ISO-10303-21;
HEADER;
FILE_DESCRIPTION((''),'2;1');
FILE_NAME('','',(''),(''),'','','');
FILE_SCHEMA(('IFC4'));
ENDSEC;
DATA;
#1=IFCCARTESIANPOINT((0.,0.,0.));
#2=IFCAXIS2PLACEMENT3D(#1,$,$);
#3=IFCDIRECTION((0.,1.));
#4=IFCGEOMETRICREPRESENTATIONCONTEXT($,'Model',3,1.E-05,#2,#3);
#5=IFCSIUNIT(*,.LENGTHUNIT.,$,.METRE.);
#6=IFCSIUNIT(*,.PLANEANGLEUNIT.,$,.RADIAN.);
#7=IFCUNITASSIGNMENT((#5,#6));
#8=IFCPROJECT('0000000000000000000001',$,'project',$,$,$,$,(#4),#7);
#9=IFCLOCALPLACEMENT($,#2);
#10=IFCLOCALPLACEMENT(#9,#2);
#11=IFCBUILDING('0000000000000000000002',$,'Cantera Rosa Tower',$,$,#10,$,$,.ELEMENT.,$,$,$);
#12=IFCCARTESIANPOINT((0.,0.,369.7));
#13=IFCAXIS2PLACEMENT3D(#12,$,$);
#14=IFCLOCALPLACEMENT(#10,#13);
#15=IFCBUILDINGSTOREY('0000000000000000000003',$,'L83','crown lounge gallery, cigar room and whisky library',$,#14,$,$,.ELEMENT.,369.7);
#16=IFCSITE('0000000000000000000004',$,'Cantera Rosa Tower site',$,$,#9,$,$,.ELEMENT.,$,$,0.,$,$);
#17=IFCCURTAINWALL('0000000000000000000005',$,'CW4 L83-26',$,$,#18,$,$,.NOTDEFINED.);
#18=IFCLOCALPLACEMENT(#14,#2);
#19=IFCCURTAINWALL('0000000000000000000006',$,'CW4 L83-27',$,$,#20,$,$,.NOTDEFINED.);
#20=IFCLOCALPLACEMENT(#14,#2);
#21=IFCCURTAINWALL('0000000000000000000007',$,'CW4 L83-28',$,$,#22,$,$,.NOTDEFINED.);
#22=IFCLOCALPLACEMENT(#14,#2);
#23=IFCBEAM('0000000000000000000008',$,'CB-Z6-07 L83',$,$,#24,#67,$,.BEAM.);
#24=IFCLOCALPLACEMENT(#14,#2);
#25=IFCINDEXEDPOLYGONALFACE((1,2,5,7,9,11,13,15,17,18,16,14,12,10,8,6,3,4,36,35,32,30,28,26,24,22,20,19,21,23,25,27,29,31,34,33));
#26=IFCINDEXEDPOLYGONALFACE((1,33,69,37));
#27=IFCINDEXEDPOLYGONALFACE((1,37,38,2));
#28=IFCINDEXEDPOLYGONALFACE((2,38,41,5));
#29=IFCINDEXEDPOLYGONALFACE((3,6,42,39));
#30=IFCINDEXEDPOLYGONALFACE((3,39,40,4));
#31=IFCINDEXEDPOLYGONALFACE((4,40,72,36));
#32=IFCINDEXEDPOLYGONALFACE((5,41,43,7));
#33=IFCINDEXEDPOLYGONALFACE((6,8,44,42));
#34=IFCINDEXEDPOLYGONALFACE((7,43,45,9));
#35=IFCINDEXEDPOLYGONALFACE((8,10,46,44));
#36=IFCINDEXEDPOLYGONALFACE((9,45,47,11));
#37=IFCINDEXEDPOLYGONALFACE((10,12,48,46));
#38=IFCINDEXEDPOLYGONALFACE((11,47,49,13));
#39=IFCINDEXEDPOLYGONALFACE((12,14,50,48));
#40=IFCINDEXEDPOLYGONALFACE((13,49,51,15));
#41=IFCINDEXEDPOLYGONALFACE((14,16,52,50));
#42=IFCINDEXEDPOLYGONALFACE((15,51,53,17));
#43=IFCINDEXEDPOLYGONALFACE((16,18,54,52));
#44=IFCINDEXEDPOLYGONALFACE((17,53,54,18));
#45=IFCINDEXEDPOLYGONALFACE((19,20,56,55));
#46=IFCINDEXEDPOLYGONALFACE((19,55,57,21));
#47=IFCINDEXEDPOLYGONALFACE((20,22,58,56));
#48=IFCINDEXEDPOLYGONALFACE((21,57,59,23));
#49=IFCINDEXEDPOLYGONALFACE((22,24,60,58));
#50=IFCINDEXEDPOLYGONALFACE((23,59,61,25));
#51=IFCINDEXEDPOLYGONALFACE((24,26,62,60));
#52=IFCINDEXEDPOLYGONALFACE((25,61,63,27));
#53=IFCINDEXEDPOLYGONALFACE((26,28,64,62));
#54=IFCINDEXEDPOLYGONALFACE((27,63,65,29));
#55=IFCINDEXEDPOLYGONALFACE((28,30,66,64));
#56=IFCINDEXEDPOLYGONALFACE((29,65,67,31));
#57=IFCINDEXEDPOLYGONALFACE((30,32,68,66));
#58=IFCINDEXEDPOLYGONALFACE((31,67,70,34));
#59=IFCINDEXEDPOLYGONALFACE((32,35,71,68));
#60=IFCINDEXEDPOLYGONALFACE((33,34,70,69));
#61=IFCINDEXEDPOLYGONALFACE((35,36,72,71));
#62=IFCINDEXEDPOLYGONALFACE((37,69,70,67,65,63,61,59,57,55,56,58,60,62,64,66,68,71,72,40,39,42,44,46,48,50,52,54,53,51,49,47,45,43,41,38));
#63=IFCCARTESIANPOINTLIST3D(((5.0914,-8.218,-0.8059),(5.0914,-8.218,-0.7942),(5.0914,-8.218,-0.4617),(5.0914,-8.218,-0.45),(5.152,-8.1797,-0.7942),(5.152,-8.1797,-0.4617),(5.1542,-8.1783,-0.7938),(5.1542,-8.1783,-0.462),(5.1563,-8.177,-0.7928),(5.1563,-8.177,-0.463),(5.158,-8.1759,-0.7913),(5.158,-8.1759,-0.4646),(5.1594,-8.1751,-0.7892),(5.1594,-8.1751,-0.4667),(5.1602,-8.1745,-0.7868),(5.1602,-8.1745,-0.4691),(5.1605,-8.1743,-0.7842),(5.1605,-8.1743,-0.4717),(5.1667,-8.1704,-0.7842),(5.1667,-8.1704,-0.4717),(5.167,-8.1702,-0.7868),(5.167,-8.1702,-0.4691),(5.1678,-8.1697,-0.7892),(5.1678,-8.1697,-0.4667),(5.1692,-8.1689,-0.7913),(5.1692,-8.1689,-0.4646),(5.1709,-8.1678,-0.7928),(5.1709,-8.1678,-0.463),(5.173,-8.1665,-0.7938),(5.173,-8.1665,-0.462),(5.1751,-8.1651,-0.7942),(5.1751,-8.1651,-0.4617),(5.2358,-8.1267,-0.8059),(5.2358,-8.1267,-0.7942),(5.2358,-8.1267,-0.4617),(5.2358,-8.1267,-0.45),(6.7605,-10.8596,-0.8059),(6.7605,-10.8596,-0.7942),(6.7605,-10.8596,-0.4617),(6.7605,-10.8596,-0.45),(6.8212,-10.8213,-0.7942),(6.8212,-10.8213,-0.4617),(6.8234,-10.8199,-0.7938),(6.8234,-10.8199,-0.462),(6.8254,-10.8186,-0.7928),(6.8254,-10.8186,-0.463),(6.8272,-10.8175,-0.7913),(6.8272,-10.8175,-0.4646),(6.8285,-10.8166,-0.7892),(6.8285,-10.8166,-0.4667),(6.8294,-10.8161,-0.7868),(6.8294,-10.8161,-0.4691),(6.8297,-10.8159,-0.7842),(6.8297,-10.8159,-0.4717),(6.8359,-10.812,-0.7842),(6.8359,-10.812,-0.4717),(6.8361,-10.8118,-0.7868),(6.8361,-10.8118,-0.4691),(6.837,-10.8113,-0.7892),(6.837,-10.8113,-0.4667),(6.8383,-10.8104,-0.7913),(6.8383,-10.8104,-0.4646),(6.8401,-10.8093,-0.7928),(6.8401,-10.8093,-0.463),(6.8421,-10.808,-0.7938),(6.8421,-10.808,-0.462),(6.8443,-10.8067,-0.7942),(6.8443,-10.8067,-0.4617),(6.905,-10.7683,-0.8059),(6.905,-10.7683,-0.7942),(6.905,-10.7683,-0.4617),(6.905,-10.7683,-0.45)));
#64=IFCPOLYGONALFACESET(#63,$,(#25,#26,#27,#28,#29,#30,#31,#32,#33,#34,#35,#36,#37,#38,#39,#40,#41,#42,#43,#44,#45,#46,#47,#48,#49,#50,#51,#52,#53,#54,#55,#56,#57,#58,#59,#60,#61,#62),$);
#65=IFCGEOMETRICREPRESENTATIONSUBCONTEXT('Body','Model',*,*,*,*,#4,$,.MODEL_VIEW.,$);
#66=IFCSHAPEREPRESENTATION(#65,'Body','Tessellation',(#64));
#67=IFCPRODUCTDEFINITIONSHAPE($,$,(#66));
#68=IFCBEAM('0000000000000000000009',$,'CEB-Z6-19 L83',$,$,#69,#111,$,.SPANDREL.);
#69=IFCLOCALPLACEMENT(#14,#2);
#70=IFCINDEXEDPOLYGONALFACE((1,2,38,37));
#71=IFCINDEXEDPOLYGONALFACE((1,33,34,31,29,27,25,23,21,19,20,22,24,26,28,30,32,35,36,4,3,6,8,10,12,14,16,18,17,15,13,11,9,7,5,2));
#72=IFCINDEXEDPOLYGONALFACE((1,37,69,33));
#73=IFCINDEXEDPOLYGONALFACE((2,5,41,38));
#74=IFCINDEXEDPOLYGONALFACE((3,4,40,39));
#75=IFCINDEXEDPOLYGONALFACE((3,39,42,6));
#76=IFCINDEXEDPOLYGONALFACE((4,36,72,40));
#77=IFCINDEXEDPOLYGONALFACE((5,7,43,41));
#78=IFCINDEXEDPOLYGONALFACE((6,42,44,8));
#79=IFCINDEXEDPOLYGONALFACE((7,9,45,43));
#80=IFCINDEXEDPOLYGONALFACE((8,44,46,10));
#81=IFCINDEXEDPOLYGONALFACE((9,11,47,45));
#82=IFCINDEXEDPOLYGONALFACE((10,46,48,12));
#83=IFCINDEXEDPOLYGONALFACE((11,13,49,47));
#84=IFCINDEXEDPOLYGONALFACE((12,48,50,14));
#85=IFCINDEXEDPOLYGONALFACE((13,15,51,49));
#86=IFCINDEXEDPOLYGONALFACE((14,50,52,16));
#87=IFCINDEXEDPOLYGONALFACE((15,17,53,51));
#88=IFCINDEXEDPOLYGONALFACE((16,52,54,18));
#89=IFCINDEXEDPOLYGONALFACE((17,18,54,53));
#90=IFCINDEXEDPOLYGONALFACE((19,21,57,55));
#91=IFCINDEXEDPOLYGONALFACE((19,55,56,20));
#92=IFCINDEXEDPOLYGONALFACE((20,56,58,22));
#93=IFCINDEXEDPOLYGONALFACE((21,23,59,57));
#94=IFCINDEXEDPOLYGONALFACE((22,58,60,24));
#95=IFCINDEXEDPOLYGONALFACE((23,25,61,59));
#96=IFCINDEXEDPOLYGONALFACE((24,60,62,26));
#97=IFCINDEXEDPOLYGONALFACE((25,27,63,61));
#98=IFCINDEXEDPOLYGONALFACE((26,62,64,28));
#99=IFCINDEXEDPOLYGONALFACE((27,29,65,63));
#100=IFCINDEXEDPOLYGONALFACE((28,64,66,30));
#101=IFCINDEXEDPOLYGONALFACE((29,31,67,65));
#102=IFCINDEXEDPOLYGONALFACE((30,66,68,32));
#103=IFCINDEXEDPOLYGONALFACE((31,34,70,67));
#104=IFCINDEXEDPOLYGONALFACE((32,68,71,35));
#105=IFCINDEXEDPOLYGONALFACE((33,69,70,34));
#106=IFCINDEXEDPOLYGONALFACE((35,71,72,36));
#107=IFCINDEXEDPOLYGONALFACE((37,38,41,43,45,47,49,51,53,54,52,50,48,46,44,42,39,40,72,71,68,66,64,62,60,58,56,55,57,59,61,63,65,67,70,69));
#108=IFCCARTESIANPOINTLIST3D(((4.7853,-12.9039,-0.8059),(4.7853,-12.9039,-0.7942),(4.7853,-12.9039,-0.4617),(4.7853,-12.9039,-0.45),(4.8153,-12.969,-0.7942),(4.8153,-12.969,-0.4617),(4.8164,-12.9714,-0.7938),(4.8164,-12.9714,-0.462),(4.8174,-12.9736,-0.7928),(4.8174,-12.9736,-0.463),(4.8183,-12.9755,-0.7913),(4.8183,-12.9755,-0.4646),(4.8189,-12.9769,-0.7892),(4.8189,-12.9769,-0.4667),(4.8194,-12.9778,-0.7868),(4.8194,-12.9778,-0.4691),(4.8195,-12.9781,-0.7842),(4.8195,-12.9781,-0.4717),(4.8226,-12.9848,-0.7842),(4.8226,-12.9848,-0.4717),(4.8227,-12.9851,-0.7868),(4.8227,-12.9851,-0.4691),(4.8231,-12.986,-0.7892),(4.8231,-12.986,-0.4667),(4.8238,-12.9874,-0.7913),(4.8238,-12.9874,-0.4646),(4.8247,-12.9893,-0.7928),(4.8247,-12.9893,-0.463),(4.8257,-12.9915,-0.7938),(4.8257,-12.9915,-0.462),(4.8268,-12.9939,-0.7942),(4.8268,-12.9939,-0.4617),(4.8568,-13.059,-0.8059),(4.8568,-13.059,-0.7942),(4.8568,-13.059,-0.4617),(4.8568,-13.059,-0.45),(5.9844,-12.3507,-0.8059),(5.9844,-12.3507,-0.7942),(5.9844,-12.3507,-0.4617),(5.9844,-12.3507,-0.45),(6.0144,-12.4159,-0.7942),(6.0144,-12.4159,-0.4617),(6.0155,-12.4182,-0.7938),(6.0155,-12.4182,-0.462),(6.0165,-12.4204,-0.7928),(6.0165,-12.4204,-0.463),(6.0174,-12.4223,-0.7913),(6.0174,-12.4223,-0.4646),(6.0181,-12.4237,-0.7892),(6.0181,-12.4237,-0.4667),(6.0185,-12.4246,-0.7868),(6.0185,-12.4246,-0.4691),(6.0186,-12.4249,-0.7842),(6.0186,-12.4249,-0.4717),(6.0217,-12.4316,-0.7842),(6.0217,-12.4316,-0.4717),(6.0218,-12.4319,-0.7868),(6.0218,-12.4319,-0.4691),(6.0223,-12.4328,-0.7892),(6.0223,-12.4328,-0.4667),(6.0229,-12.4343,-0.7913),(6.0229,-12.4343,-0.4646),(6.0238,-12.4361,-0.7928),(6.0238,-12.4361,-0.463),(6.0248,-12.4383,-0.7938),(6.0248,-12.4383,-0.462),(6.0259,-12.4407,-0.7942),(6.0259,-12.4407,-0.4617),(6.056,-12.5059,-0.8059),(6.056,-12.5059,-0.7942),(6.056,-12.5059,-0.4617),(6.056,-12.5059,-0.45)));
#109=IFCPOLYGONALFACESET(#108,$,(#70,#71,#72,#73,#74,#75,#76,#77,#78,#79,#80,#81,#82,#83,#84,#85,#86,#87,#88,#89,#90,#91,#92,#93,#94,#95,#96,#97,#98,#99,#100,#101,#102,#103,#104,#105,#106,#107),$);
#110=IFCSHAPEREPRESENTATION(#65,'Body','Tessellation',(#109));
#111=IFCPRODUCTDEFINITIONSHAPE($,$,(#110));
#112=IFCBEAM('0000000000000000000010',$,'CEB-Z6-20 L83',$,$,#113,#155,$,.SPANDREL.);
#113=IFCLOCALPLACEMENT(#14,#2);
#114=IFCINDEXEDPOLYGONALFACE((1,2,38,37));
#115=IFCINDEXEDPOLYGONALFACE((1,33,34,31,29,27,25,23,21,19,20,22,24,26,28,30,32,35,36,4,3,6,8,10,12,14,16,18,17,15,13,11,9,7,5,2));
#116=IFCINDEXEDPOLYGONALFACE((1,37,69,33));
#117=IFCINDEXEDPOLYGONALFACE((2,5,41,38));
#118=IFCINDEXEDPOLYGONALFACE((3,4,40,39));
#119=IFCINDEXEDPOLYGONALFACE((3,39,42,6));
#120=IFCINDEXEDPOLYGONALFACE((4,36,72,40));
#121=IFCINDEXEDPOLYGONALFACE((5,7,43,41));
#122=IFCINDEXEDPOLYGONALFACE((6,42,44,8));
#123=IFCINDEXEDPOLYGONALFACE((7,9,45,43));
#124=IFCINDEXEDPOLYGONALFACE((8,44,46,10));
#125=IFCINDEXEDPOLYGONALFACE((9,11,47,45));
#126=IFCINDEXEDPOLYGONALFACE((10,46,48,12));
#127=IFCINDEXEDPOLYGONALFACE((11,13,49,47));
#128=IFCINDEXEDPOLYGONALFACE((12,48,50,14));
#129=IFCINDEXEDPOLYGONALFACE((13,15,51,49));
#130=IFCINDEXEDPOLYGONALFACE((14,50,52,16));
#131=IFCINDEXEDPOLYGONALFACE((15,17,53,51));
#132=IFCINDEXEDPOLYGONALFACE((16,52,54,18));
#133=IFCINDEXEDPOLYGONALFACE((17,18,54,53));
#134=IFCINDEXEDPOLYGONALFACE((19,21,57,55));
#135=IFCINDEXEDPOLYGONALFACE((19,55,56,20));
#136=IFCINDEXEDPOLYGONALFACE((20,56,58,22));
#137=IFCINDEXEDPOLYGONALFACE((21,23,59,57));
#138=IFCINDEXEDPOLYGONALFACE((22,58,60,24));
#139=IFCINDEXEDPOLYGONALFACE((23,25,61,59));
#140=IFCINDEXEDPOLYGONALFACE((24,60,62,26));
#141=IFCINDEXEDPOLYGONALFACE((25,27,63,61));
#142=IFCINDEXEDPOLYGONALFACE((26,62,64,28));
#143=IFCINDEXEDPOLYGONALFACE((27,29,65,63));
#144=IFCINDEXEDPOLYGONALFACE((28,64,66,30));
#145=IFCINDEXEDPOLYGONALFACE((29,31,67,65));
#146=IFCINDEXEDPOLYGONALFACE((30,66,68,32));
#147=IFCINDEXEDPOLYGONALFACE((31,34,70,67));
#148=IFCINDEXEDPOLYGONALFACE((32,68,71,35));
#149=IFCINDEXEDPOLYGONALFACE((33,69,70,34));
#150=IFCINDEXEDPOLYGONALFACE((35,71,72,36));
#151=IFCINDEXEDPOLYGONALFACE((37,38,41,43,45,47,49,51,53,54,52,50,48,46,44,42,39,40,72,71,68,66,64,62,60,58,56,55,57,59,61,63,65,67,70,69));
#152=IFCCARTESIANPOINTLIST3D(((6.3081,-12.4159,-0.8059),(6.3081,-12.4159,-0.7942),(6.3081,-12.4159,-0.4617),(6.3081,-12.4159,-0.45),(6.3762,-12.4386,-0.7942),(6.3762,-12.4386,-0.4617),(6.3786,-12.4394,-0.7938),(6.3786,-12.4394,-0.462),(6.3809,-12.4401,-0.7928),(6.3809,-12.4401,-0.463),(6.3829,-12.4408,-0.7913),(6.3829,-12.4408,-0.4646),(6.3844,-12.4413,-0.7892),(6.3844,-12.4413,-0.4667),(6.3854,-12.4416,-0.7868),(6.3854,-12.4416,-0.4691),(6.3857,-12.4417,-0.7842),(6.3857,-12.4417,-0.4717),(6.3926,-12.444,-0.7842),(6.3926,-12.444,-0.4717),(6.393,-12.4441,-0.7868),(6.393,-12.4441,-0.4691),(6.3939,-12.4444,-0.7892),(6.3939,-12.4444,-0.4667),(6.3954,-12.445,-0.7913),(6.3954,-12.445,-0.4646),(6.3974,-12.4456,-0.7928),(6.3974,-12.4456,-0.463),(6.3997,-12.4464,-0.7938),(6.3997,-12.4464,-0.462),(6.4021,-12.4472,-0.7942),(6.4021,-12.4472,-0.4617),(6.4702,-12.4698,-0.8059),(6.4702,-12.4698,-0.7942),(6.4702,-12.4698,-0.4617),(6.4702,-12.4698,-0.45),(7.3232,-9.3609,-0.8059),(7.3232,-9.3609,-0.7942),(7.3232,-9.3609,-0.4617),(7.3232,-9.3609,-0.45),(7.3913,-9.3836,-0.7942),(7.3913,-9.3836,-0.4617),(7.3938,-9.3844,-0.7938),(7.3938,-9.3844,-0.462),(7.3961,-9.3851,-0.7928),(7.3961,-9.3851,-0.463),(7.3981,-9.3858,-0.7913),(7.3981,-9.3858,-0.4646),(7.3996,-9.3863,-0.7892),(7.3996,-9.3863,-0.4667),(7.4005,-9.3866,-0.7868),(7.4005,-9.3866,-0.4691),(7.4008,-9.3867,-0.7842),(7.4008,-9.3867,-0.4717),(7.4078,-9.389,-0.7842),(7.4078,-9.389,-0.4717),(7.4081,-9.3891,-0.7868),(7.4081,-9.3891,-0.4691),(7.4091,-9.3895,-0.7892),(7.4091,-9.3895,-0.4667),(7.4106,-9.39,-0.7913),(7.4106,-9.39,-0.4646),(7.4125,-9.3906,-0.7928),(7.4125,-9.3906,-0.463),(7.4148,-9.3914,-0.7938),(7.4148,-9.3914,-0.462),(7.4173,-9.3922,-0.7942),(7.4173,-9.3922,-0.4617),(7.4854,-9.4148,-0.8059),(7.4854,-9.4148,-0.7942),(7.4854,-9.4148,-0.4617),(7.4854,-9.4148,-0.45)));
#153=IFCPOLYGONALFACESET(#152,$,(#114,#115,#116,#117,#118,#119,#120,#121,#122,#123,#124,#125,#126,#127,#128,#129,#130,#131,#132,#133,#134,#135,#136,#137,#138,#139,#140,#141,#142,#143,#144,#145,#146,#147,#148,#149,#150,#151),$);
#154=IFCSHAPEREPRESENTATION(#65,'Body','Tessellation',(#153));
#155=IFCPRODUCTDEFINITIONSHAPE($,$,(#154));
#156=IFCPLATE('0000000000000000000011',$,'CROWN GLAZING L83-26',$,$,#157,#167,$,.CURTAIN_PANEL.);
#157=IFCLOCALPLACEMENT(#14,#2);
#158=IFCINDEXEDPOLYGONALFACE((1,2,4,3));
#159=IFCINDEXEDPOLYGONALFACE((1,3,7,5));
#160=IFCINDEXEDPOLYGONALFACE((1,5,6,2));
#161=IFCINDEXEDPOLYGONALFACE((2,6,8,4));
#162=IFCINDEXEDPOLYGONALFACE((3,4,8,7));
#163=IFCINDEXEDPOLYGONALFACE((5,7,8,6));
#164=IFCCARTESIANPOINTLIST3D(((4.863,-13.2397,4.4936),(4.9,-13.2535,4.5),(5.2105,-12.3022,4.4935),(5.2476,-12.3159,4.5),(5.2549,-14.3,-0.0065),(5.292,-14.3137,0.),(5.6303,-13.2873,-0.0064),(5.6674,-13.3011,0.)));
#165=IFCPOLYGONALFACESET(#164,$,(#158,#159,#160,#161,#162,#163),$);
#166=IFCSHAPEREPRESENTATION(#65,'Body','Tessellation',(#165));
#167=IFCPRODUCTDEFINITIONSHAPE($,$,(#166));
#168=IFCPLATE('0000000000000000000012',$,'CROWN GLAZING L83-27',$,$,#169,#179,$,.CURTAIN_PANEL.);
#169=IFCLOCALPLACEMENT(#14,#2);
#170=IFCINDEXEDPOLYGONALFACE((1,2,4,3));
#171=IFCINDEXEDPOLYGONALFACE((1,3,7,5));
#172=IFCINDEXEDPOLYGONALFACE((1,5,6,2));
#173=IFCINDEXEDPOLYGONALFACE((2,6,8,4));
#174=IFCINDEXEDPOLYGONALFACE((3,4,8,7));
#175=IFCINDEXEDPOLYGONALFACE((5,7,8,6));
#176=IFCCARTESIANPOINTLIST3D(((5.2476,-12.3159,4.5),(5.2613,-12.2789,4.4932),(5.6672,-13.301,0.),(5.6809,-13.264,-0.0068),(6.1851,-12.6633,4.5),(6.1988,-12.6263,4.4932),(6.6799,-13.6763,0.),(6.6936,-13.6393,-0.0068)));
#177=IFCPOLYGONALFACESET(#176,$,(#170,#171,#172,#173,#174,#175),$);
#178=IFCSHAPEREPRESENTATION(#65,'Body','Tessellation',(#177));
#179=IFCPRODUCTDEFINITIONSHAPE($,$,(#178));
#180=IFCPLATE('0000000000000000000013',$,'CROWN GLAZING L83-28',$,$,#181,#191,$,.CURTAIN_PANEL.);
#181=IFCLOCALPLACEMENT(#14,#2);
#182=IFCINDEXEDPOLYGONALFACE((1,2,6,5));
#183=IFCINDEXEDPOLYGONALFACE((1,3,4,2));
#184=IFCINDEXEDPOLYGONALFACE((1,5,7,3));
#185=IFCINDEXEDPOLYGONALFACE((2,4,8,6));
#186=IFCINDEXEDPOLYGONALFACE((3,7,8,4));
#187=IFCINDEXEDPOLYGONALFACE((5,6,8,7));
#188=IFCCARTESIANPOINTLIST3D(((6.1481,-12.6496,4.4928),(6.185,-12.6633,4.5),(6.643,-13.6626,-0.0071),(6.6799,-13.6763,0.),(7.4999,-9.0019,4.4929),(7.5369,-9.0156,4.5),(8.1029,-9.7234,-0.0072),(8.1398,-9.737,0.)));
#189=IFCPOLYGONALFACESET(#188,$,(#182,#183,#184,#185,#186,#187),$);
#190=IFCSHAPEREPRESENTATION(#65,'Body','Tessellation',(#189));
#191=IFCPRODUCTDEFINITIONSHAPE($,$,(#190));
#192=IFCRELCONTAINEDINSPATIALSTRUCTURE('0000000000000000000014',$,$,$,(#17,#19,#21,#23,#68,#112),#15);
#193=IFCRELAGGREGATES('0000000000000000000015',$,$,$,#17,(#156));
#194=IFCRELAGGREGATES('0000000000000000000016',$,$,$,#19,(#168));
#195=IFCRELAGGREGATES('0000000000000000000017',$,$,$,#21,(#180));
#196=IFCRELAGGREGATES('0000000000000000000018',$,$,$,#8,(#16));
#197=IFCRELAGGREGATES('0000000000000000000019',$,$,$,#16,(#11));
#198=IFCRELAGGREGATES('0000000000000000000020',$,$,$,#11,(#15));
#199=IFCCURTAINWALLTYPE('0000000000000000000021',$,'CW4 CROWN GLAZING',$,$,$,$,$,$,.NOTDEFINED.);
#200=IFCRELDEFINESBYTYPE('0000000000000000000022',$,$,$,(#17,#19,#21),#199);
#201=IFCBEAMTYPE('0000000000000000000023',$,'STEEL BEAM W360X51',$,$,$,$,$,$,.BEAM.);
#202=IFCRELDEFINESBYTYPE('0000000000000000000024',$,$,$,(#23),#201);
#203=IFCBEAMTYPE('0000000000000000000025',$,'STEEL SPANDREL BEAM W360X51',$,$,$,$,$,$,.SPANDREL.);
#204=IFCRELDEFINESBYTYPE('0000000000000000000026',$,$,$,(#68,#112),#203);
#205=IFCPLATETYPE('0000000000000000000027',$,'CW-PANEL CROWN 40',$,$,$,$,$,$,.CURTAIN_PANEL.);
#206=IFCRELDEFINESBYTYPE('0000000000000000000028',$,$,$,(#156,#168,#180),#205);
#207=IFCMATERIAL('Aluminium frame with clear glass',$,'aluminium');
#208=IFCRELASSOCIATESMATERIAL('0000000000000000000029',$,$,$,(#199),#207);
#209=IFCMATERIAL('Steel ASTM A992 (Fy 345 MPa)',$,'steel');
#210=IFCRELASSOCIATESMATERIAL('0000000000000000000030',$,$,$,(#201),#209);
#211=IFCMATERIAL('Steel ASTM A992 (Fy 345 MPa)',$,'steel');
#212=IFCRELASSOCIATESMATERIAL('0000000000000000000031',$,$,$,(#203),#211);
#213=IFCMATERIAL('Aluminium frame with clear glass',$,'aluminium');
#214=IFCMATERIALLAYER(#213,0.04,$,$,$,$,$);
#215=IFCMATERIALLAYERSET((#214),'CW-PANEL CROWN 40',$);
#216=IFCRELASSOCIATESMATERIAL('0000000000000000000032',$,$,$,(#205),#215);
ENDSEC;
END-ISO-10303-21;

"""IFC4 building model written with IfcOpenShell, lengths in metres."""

from ifc_helpers import new_model, si_unit, direction, frame, origin, origin_2d, place, context, subcontext, project, spatial, polyline, i_section, outline, extrude, material, layer, layer_set, material_profile, profile_set, type_object, element, aggregate, save


model = new_model("IFC4")

# Units and contexts
model_context = context("Model", 3, precision=1e-05, world=origin(), true_north=direction((0.0, 1.0)))
body_context = subcontext(model_context, "Body", "Model", "MODEL_VIEW")
ifc_project = project(units=[si_unit("LENGTHUNIT", "METRE"), si_unit("PLANEANGLEUNIT", "RADIAN")], contexts=[model_context])

# Site, building, storey
site_placement = place(None, origin())
site = spatial("IfcSite", under=ifc_project, at=site_placement, Name="Cantera Rosa Tower site", CompositionType="ELEMENT", RefElevation=0.0)
building_placement = place(site_placement, origin())
building = spatial("IfcBuilding", under=site, at=building_placement, Name="Cantera Rosa Tower", CompositionType="ELEMENT")
storey_placement = place(building_placement, frame((0.0, 0.0, 369.7)))
storey = spatial("IfcBuildingStorey", under=building, at=storey_placement, Name="L83", Description="crown lounge gallery, cigar room and whisky library", CompositionType="ELEMENT", Elevation=369.7)

# Curtain walls
ifc_material_1 = material(Name="Aluminium frame with clear glass", Category="aluminium")
curtain_wall_type = type_object("IfcCurtainWallType", Name="CW4 CROWN GLAZING", PredefinedType="NOTDEFINED", material=ifc_material_1)
curtain_wall_1_placement = place(storey_placement, origin())
curtain_wall_1 = element("IfcCurtainWall", 1, at=curtain_wall_1_placement, inside=storey, type_object=curtain_wall_type, Name="CW4 L83-26", PredefinedType="NOTDEFINED")
curtain_wall_2_placement = place(storey_placement, origin())
curtain_wall_2 = element("IfcCurtainWall", 2, at=curtain_wall_2_placement, inside=storey, type_object=curtain_wall_type, Name="CW4 L83-27", PredefinedType="NOTDEFINED")
curtain_wall_3_placement = place(storey_placement, origin())
curtain_wall_3 = element("IfcCurtainWall", 3, at=curtain_wall_3_placement, inside=storey, type_object=curtain_wall_type, Name="CW4 L83-28", PredefinedType="NOTDEFINED")

# Beams
ifc_material_2 = material(Name="Steel ASTM A992 (Fy 345 MPa)", Category="steel")
ifc_material_profile_1 = material_profile(ifc_material_2, i_section(OverallWidth=0.1709, OverallDepth=0.356, WebThickness=0.0073, FlangeThickness=0.0117, FilletRadius=0.01, at=origin_2d()), Name="W360X51")
ifc_profile_set_1 = profile_set([ifc_material_profile_1], Name="Steel ASTM A992 (Fy 345 MPa)")
beam_type_1 = type_object("IfcBeamType", Name="STEEL BEAM W360X51", PredefinedType="BEAM", material=ifc_profile_set_1)
beam_1_placement = place(storey_placement, frame((6.8328, -10.814, -0.6279), z_axis=(-0.534178, 0.845372, 0.0), x_axis=(-0.845372, -0.534178, 0.0)))
element("IfcBeam", 4, at=beam_1_placement, inside=storey, type_object=beam_type_1, Name="CB-Z6-07 L83", PredefinedType="BEAM", context=body_context, shape_type="SweptSolid", body=[
    extrude(i_section(OverallWidth=0.1709, OverallDepth=0.356, WebThickness=0.0073, FlangeThickness=0.0117, FilletRadius=0.01, at=origin_2d()), origin(), (0.0, 0.0, 1.0), 3.1248),
])
ifc_material_3 = material(Name="Steel ASTM A992 (Fy 345 MPa)", Category="steel")
ifc_material_profile_2 = material_profile(ifc_material_3, i_section(OverallWidth=0.1709, OverallDepth=0.356, WebThickness=0.0073, FlangeThickness=0.0117, FilletRadius=0.01, at=origin_2d()), Name="W360X51")
ifc_profile_set_2 = profile_set([ifc_material_profile_2], Name="Steel ASTM A992 (Fy 345 MPa)")
beam_type_2 = type_object("IfcBeamType", Name="STEEL SPANDREL BEAM W360X51", PredefinedType="SPANDREL", material=ifc_profile_set_2)
beam_2_placement = place(storey_placement, frame((4.821, -12.9814, -0.6279), z_axis=(0.908035, 0.418894, 0.0), x_axis=(-0.418894, 0.908035, 0.0)))
element("IfcBeam", 5, at=beam_2_placement, inside=storey, type_object=beam_type_2, Name="CEB-Z6-19 L83", PredefinedType="SPANDREL", context=body_context, shape_type="SweptSolid", body=[
    extrude(i_section(OverallWidth=0.1709, OverallDepth=0.356, WebThickness=0.0073, FlangeThickness=0.0117, FilletRadius=0.01, at=origin_2d()), origin(), (0.0, 0.0, 1.0), 1.3206),
])
beam_3_placement = place(storey_placement, frame((6.3892, -12.4429, -0.6279), z_axis=(0.31534, 0.948979, 0.0), x_axis=(-0.948979, 0.31534, 0.0)))
element("IfcBeam", 6, at=beam_3_placement, inside=storey, type_object=beam_type_2, Name="CEB-Z6-20 L83", PredefinedType="SPANDREL", context=body_context, shape_type="SweptSolid", body=[
    extrude(i_section(OverallWidth=0.1709, OverallDepth=0.356, WebThickness=0.0073, FlangeThickness=0.0117, FilletRadius=0.01, at=origin_2d()), origin(), (0.0, 0.0, 1.0), 3.2192),
])

# Plates
ifc_material_4 = material(Name="Aluminium frame with clear glass", Category="aluminium")
ifc_layer_1 = layer(ifc_material_4, 0.04)
ifc_layer_set_1 = layer_set([ifc_layer_1], Name="CW-PANEL CROWN 40")
plate_type = type_object("IfcPlateType", Name="CW-PANEL CROWN 40", PredefinedType="CURTAIN_PANEL", material=ifc_layer_set_1)
plate_1_placement = place(storey_placement, frame((5.292, -14.3137, 0.0), z_axis=(0.925357, -0.343012, 0.16142), x_axis=(0.347567, 0.937655, 0.00002)))
plate_1 = element("IfcPlate", 7, at=plate_1_placement, type_object=plate_type, Name="CROWN GLAZING L83-26", PredefinedType="CURTAIN_PANEL", context=body_context, shape_type="SweptSolid", body=[
    extrude(outline(polyline([(0.0, 0.0), (1.08, 0.0), (1.8579, 4.5598), (0.858, 4.5598), (0.0, 0.0)])), origin(), (0.0, 0.0, -1.0), 0.04),
])
plate_2_placement = place(storey_placement, frame((5.6672, -13.301, 0.0), z_axis=(-0.342389, -0.923988, 0.170338), x_axis=(0.937692, -0.347467, 0.000002)))
plate_2 = element("IfcPlate", 8, at=plate_2_placement, type_object=plate_type, Name="CROWN GLAZING L83-27", PredefinedType="CURTAIN_PANEL", context=body_context, shape_type="SweptSolid", body=[
    extrude(outline(polyline([(0.0, 0.0), (1.08, 0.0), (0.264, 4.5667), (-0.7358, 4.5667), (0.0, 0.0)])), origin(), (0.0, 0.0, -1.0), 0.04),
])
plate_3_placement = place(storey_placement, frame((6.6799, -13.6763, 0.0), z_axis=(0.922627, -0.341932, 0.178443), x_axis=(0.34751, 0.937676, -0.000002)))
plate_3 = element("IfcPlate", 9, at=plate_3_placement, type_object=plate_type, Name="CROWN GLAZING L83-28", PredefinedType="CURTAIN_PANEL", context=body_context, shape_type="SweptSolid", body=[
    extrude(outline(polyline([(0.0, 0.0), (4.2011, 0.0), (4.668, 4.5734), (0.7778, 4.5734), (0.0, 0.0)])), origin(), (0.0, 0.0, -1.0), 0.04),
])

aggregate(curtain_wall_1, [plate_1])
aggregate(curtain_wall_2, [plate_2])
aggregate(curtain_wall_3, [plate_3])

save(model, "model.ifc")
